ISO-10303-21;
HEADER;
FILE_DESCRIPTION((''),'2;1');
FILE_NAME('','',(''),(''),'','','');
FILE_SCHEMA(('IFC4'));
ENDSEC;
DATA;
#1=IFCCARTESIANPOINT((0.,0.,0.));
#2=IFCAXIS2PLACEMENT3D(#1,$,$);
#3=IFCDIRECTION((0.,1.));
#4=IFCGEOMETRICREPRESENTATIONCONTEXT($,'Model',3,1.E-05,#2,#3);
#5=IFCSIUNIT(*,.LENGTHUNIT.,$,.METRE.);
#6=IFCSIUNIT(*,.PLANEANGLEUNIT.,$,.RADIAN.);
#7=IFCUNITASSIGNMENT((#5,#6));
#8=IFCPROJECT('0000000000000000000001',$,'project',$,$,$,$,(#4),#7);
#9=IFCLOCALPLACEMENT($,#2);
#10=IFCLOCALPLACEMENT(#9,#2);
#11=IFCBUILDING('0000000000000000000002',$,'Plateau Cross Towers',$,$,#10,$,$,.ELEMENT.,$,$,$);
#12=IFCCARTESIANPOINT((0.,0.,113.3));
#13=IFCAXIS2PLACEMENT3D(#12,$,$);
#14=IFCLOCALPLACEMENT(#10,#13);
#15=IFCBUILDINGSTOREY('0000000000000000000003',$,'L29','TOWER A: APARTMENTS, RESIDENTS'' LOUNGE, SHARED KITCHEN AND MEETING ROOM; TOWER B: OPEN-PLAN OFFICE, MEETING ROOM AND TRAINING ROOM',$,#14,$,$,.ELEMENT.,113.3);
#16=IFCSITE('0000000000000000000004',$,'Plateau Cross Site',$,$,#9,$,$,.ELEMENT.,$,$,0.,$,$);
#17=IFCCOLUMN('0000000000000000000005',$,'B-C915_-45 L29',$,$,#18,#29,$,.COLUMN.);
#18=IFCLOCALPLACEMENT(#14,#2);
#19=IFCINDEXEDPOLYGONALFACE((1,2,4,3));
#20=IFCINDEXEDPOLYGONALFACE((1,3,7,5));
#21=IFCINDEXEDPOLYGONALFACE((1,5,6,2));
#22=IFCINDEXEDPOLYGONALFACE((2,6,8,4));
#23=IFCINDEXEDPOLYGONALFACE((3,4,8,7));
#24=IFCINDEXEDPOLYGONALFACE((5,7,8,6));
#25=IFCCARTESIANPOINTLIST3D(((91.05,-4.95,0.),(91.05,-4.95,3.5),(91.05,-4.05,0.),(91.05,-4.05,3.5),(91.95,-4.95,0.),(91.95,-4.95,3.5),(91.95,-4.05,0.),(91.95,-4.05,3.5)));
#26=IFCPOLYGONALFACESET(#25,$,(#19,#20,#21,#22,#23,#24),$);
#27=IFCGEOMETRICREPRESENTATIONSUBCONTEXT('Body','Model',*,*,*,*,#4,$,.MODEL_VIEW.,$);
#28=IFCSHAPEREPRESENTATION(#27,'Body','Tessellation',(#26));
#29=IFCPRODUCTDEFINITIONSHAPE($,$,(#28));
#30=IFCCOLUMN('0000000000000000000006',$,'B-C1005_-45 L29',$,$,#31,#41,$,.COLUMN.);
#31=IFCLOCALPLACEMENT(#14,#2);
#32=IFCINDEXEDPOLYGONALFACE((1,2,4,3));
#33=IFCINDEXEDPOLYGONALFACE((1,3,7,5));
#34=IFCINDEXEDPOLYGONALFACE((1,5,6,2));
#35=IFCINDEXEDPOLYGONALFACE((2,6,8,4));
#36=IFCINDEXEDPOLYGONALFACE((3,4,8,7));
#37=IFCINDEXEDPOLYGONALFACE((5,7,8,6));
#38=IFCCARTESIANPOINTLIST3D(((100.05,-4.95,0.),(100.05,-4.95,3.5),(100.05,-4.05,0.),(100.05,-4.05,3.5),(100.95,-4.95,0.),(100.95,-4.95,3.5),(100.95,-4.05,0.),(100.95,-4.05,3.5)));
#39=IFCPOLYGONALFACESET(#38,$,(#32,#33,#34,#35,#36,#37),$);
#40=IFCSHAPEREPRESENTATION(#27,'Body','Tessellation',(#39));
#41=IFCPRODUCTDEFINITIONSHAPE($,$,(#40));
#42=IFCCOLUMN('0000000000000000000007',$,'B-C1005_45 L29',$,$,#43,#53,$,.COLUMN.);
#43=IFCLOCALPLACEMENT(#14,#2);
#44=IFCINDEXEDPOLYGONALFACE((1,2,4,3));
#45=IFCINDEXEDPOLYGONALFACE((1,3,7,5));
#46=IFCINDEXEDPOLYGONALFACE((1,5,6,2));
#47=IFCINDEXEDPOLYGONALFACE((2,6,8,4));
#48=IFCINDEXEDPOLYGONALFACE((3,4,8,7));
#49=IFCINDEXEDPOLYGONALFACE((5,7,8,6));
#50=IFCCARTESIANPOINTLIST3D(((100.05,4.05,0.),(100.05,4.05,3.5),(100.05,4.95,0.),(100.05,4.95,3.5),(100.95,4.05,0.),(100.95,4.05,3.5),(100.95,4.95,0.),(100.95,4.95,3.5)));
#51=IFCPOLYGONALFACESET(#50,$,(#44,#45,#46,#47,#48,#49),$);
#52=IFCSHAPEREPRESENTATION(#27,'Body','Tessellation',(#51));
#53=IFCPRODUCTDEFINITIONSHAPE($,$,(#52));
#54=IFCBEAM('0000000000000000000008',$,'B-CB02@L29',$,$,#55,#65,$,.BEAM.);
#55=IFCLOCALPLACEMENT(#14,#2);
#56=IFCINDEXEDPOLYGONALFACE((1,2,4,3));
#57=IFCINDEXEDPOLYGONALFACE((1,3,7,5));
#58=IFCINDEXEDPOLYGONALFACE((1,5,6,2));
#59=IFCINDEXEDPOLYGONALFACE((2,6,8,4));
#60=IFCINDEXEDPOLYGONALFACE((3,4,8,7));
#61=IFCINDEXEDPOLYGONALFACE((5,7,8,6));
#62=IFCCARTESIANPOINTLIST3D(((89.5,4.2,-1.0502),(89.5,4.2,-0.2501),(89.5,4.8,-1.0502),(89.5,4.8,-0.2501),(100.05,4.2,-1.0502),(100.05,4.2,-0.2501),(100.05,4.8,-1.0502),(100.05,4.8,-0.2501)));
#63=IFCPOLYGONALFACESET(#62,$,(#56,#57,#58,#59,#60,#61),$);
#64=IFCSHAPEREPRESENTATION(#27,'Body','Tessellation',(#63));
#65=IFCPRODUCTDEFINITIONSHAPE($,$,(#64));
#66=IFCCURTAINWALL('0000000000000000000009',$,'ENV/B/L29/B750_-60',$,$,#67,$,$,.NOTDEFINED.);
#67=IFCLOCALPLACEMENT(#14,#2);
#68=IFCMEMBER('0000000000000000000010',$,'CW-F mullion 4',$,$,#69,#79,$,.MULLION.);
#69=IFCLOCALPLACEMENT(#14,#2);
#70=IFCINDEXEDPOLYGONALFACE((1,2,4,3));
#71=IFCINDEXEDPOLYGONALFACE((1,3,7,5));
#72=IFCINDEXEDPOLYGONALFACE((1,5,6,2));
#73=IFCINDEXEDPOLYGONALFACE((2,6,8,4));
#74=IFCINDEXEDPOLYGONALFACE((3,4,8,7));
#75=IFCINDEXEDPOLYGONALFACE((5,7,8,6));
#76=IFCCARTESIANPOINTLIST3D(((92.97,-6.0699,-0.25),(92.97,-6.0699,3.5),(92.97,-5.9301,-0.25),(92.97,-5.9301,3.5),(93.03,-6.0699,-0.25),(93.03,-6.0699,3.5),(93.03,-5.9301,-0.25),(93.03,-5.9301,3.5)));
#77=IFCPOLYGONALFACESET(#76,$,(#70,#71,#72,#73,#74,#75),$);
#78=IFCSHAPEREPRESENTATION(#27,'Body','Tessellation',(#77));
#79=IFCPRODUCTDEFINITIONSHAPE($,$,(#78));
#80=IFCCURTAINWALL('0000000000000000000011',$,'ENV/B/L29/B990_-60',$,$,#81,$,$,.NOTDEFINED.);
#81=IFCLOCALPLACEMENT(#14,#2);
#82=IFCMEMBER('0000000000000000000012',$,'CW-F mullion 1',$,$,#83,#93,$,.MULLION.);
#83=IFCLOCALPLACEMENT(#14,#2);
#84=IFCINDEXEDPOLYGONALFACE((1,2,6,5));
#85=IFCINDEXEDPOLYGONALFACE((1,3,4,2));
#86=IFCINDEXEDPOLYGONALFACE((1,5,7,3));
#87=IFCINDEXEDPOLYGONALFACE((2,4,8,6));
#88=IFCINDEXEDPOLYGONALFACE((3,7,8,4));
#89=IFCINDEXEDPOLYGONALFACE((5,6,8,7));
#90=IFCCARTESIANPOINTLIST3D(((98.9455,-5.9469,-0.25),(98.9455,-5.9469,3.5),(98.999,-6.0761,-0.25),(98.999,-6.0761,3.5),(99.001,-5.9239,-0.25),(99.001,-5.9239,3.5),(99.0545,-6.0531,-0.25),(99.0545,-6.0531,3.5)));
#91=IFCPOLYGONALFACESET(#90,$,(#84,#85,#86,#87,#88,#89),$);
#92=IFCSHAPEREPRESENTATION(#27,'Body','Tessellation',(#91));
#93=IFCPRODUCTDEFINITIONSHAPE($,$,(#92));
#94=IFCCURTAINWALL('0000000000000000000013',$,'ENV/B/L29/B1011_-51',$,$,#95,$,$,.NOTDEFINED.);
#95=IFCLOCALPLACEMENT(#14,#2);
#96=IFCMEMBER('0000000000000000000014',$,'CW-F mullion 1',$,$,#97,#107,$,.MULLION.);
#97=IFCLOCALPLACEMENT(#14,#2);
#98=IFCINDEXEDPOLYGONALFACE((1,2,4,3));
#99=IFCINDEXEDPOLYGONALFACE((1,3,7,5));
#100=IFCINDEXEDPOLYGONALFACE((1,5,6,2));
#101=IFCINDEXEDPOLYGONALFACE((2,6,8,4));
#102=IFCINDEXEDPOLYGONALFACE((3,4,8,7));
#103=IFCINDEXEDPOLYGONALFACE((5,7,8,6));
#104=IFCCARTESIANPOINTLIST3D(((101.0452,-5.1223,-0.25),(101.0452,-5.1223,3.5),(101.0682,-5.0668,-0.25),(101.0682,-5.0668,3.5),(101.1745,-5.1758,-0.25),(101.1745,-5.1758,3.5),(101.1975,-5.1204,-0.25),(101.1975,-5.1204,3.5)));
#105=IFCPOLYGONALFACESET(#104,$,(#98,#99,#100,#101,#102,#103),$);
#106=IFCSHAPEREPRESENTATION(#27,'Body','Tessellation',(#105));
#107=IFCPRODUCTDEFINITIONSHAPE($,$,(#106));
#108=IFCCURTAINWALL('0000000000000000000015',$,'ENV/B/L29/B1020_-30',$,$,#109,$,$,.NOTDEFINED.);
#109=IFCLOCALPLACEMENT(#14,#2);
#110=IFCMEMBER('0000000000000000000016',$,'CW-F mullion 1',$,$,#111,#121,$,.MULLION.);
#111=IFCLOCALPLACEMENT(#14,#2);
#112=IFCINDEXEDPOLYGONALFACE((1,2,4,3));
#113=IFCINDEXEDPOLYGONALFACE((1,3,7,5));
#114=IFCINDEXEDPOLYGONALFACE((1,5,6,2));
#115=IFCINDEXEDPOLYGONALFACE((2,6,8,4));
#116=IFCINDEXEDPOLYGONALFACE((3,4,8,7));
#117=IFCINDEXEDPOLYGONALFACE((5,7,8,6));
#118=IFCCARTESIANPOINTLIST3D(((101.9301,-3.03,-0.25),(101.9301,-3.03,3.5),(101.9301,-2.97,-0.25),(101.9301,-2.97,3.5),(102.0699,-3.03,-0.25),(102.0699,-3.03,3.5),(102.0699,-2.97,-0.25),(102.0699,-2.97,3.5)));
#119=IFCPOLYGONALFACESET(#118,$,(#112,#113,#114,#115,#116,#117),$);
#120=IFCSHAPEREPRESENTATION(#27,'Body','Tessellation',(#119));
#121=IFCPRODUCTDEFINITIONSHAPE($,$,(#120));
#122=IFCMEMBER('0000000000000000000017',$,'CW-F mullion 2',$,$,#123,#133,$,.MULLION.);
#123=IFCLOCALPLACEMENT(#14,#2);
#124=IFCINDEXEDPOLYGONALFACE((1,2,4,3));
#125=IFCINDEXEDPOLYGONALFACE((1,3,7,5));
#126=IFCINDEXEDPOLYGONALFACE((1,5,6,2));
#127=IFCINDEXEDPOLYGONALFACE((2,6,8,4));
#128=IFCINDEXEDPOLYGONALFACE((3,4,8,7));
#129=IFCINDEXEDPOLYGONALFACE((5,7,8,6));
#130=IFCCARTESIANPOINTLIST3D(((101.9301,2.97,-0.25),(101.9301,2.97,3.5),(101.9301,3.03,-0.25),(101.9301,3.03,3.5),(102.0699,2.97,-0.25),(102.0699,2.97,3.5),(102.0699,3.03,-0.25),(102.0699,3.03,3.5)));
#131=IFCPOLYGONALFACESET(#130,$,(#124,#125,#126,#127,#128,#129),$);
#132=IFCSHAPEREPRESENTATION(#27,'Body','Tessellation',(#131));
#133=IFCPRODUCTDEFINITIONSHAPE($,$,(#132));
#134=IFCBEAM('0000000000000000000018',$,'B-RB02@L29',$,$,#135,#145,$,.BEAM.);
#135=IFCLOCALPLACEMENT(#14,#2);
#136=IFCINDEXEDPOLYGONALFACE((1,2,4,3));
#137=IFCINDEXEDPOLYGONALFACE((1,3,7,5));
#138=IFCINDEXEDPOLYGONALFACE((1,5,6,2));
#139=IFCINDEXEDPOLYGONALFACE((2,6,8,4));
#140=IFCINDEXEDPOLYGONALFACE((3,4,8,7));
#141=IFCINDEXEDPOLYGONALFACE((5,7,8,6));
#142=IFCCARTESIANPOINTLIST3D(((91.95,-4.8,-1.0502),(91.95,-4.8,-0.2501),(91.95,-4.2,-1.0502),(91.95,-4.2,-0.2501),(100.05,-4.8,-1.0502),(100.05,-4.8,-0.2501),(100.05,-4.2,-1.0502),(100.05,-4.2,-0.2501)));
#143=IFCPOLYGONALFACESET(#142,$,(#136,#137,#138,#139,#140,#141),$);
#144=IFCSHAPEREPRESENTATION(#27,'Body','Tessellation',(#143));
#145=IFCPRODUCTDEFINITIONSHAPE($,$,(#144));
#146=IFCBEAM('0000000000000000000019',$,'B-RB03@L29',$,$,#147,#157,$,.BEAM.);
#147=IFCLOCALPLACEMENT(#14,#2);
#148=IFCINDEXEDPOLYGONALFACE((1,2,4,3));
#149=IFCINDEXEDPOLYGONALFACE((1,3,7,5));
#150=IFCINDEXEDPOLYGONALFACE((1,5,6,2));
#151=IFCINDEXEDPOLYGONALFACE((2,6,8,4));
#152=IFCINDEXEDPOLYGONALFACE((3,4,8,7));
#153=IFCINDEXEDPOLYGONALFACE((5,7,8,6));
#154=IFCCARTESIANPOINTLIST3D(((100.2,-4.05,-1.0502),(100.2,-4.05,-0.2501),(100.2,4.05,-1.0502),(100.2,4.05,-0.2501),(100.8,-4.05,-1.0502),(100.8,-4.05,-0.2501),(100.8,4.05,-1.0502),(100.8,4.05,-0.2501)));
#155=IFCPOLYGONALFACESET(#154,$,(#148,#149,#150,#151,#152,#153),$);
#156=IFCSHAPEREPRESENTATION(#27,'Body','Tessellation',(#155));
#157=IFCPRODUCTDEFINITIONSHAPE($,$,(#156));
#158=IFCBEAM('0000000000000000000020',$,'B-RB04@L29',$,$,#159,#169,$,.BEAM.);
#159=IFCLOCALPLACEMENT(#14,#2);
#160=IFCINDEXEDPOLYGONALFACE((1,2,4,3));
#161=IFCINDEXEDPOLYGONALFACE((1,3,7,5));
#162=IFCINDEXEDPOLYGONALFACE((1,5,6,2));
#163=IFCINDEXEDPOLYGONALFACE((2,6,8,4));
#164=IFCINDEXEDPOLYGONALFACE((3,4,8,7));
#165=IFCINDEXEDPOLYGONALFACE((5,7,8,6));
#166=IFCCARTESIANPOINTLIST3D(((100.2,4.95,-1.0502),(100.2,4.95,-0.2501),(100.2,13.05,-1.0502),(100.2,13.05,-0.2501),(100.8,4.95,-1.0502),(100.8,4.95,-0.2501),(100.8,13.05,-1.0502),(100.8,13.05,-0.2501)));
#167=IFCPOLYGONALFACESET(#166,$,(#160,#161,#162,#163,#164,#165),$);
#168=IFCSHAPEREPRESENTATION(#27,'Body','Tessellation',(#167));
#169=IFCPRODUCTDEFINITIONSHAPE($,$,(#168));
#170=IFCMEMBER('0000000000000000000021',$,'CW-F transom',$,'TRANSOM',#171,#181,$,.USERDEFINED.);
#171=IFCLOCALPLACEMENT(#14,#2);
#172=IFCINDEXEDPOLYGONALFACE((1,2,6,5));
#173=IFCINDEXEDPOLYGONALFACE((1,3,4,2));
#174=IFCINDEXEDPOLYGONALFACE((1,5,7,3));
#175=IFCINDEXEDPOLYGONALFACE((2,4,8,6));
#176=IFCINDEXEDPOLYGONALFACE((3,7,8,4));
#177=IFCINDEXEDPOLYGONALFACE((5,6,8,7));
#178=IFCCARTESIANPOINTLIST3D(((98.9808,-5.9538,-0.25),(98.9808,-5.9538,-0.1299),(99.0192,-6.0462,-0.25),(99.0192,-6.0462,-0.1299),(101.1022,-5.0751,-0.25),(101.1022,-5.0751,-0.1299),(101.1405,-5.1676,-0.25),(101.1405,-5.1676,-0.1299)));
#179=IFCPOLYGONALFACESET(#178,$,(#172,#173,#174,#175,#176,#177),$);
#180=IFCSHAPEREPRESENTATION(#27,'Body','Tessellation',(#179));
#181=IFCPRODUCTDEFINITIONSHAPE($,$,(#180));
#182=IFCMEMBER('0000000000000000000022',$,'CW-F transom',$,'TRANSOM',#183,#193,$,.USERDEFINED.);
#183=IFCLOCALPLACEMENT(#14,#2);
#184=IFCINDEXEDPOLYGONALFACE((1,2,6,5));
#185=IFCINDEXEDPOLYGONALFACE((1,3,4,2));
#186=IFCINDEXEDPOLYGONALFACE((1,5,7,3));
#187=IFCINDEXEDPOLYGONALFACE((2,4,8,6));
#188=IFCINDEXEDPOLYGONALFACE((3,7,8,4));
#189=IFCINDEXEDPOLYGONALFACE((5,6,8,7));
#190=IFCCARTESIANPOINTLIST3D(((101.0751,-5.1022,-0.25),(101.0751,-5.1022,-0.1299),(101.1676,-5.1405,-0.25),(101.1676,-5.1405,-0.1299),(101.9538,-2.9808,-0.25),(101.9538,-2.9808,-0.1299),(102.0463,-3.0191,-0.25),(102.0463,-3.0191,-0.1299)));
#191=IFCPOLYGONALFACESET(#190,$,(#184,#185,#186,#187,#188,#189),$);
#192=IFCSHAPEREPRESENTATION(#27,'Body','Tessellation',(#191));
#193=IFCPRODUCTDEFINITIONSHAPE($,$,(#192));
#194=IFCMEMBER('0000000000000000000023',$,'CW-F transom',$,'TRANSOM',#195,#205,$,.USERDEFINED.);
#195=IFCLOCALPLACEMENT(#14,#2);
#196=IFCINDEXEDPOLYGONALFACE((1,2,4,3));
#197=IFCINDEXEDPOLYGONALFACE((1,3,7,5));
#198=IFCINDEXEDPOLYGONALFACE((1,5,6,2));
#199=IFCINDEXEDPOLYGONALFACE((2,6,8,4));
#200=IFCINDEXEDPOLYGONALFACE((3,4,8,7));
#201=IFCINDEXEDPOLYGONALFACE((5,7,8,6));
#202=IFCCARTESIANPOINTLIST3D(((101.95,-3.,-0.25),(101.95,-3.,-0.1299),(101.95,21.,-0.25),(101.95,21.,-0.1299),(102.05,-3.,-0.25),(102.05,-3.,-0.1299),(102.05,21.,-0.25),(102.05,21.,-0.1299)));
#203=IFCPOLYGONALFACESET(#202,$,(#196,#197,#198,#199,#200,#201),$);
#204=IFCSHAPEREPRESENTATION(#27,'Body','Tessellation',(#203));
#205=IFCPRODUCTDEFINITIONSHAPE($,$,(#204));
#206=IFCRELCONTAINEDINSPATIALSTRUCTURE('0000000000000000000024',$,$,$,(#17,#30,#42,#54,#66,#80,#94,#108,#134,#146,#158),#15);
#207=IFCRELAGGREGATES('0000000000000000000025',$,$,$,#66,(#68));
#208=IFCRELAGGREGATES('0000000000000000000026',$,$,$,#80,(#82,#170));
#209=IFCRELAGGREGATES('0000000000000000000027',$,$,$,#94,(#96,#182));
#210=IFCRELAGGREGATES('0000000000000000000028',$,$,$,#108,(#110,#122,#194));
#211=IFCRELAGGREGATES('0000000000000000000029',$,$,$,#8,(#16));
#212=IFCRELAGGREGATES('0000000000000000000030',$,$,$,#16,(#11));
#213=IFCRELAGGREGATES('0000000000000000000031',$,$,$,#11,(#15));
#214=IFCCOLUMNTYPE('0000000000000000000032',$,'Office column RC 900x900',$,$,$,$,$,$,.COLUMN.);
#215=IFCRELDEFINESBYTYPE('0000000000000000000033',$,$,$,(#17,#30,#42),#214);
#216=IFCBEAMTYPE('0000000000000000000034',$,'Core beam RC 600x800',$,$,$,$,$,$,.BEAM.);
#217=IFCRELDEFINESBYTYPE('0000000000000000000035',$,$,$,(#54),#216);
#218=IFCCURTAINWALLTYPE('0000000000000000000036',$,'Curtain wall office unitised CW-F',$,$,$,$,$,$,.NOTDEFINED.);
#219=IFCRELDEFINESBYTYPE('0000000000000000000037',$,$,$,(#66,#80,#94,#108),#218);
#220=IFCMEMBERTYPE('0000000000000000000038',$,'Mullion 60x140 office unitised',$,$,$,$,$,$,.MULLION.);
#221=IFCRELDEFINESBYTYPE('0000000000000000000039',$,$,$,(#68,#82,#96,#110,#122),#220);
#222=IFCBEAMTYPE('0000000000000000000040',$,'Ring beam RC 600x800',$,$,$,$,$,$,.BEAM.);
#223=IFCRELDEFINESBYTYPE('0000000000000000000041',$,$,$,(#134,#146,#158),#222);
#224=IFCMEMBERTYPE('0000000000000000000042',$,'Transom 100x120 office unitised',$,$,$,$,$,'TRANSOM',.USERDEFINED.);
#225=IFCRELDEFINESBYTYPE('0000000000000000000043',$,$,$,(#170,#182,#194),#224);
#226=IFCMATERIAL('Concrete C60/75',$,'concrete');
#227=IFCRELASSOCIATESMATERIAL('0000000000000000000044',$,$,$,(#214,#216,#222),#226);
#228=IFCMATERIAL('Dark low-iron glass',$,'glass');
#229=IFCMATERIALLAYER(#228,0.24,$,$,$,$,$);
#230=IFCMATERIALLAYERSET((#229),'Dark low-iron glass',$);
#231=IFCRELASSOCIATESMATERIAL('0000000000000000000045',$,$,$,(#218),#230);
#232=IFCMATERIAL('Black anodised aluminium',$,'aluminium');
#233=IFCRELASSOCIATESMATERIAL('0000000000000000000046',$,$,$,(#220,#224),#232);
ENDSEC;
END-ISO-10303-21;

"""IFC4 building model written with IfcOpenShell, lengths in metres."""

from ifc_helpers import new_model, si_unit, direction, frame, origin, origin_2d, place, context, subcontext, project, spatial, rectangle, extrude, material, layer, layer_set, material_profile, profile_set, type_object, element, aggregate, save


model = new_model("IFC4")

# Units and contexts
model_context = context("Model", 3, precision=1e-05, world=origin(), true_north=direction((0.0, 1.0)))
body_context = subcontext(model_context, "Body", "Model", "MODEL_VIEW")
ifc_project = project(units=[si_unit("LENGTHUNIT", "METRE"), si_unit("PLANEANGLEUNIT", "RADIAN")], contexts=[model_context])

# Site, building, storey
site_placement = place(None, origin())
site = spatial("IfcSite", under=ifc_project, at=site_placement, Name="Plateau Cross Site", CompositionType="ELEMENT", RefElevation=0.0)
building_placement = place(site_placement, origin())
building = spatial("IfcBuilding", under=site, at=building_placement, Name="Plateau Cross Towers", CompositionType="ELEMENT")
storey_placement = place(building_placement, frame((0.0, 0.0, 113.3)))
storey = spatial("IfcBuildingStorey", under=building, at=storey_placement, Name="L29", Description="TOWER A: APARTMENTS, RESIDENTS' LOUNGE, SHARED KITCHEN AND MEETING ROOM; TOWER B: OPEN-PLAN OFFICE, MEETING ROOM AND TRAINING ROOM", CompositionType="ELEMENT", Elevation=113.3)

# Columns
ifc_material_1 = material(Name="Concrete C60/75", Category="concrete")
ifc_material_profile_1 = material_profile(ifc_material_1, rectangle(XDim=0.8999, YDim=0.8999, at=origin_2d()), Name="RC 900x900")
ifc_profile_set_1 = profile_set([ifc_material_profile_1], Name="Concrete C60/75")
column_type = type_object("IfcColumnType", Name="Office column RC 900x900", PredefinedType="COLUMN", material=ifc_profile_set_1)
for number, where, z_axis, x_axis, name in (
    (1, (91.5, -4.5, 0.0), (0.0, 0.0, 1.0), (1.0, 0.0, 0.0), "B-C915_-45 L29"),
    (2, (100.5, -4.5, 0.0), (0.0, 0.0, 1.0), (1.0, 0.0, 0.0), "B-C1005_-45 L29"),
    (3, (100.5, 4.5, 0.0), (0.0, 0.0, 1.0), (1.0, 0.0, 0.0), "B-C1005_45 L29"),
):
    element("IfcColumn", number, at=place(storey_placement, frame(where, z_axis=z_axis, x_axis=x_axis)), inside=storey, type_object=column_type, Name=name, PredefinedType="COLUMN", context=body_context, shape_type="SweptSolid", body=[
        extrude(rectangle(XDim=0.8999, YDim=0.8999, at=origin_2d()), origin(), (0.0, 0.0, 1.0), 3.5),
    ])

# Beam
ifc_material_profile_2 = material_profile(ifc_material_1, rectangle(XDim=0.6001, YDim=0.8, at=origin_2d()), Name="RC 600x800")
ifc_profile_set_2 = profile_set([ifc_material_profile_2], Name="Concrete C60/75")
beam_type_1 = type_object("IfcBeamType", Name="Core beam RC 600x800", PredefinedType="BEAM", material=ifc_profile_set_2)
beam_placement = place(storey_placement, frame((89.5, 4.5, -0.6501), z_axis=(1.0, 0.0, 0.0), x_axis=(0.0, 1.0, 0.0)))
element("IfcBeam", 4, at=beam_placement, inside=storey, type_object=beam_type_1, Name="B-CB02@L29", PredefinedType="BEAM", context=body_context, shape_type="SweptSolid", body=[
    extrude(rectangle(XDim=0.6001, YDim=0.8, at=origin_2d()), origin(), (0.0, 0.0, 1.0), 10.55),
])

# Curtain walls, members
ifc_material_2 = material(Name="Dark low-iron glass", Category="glass")
ifc_layer_1 = layer(ifc_material_2, 0.24)
ifc_layer_set_1 = layer_set([ifc_layer_1], Name="Dark low-iron glass")
curtain_wall_type = type_object("IfcCurtainWallType", Name="Curtain wall office unitised CW-F", PredefinedType="NOTDEFINED", material=ifc_layer_set_1)
curtain_wall_1_placement = place(storey_placement, origin())
curtain_wall_1 = element("IfcCurtainWall", 5, at=curtain_wall_1_placement, inside=storey, type_object=curtain_wall_type, Name="ENV/B/L29/B750_-60", PredefinedType="NOTDEFINED")
ifc_material_3 = material(Name="Black anodised aluminium", Category="aluminium")
ifc_material_profile_3 = material_profile(ifc_material_3, rectangle(XDim=0.0601, YDim=0.1399, at=origin_2d()), Name="MULLION 60x140")
ifc_profile_set_3 = profile_set([ifc_material_profile_3], Name="Black anodised aluminium")
member_type_1 = type_object("IfcMemberType", Name="Mullion 60x140 office unitised", PredefinedType="MULLION", material=ifc_profile_set_3)
member_1_placement = place(storey_placement, frame((93.0, -6.0, -0.25), z_axis=(0.0, 0.0, 1.0), x_axis=(1.0, 0.0, 0.0)))
member_1 = element("IfcMember", 6, at=member_1_placement, type_object=member_type_1, Name="CW-F mullion 4", PredefinedType="MULLION", context=body_context, shape_type="SweptSolid", body=[
    extrude(rectangle(XDim=0.0601, YDim=0.1399, at=origin_2d()), origin(), (0.0, 0.0, 1.0), 3.75),
])
curtain_wall_2_placement = place(storey_placement, origin())
curtain_wall_2 = element("IfcCurtainWall", 7, at=curtain_wall_2_placement, inside=storey, type_object=curtain_wall_type, Name="ENV/B/L29/B990_-60", PredefinedType="NOTDEFINED")
member_2_placement = place(storey_placement, frame((99.0, -6.0, -0.25), z_axis=(0.0, 0.0, 1.0), x_axis=(0.923879, 0.382684, 0.0)))
member_2 = element("IfcMember", 8, at=member_2_placement, type_object=member_type_1, Name="CW-F mullion 1", PredefinedType="MULLION", context=body_context, shape_type="SweptSolid", body=[
    extrude(rectangle(XDim=0.0601, YDim=0.1399, at=origin_2d()), origin(), (0.0, 0.0, 1.0), 3.75),
])
curtain_wall_3_placement = place(storey_placement, origin())
curtain_wall_3 = element("IfcCurtainWall", 9, at=curtain_wall_3_placement, inside=storey, type_object=curtain_wall_type, Name="ENV/B/L29/B1011_-51", PredefinedType="NOTDEFINED")
member_3_placement = place(storey_placement, frame((101.1213, -5.1213, -0.25), z_axis=(0.0, 0.0, 1.0), x_axis=(0.382684, 0.923879, 0.0)))
member_3 = element("IfcMember", 10, at=member_3_placement, type_object=member_type_1, Name="CW-F mullion 1", PredefinedType="MULLION", context=body_context, shape_type="SweptSolid", body=[
    extrude(rectangle(XDim=0.0601, YDim=0.1399, at=origin_2d()), origin(), (0.0, 0.0, 1.0), 3.75),
])

# Curtain wall, members
curtain_wall_4_placement = place(storey_placement, origin())
curtain_wall_4 = element("IfcCurtainWall", 11, at=curtain_wall_4_placement, inside=storey, type_object=curtain_wall_type, Name="ENV/B/L29/B1020_-30", PredefinedType="NOTDEFINED")
member_4_placement = place(storey_placement, frame((102.0, -3.0, -0.25), z_axis=(0.0, 0.0, 1.0), x_axis=(0.0, 1.0, 0.0)))
member_4 = element("IfcMember", 12, at=member_4_placement, type_object=member_type_1, Name="CW-F mullion 1", PredefinedType="MULLION", context=body_context, shape_type="SweptSolid", body=[
    extrude(rectangle(XDim=0.0601, YDim=0.1399, at=origin_2d()), origin(), (0.0, 0.0, 1.0), 3.75),
])
member_5_placement = place(storey_placement, frame((102.0, 3.0, -0.25), z_axis=(0.0, 0.0, 1.0), x_axis=(0.0, 1.0, 0.0)))
member_5 = element("IfcMember", 13, at=member_5_placement, type_object=member_type_1, Name="CW-F mullion 2", PredefinedType="MULLION", context=body_context, shape_type="SweptSolid", body=[
    extrude(rectangle(XDim=0.0601, YDim=0.1399, at=origin_2d()), origin(), (0.0, 0.0, 1.0), 3.75),
])

# Beams
ifc_material_profile_4 = material_profile(ifc_material_1, rectangle(XDim=0.6001, YDim=0.8, at=origin_2d()), Name="RC 600x800")
ifc_profile_set_4 = profile_set([ifc_material_profile_4], Name="Concrete C60/75")
beam_type_2 = type_object("IfcBeamType", Name="Ring beam RC 600x800", PredefinedType="BEAM", material=ifc_profile_set_4)
for number, where, z_axis, x_axis, name in (
    (14, (91.95, -4.5, -0.6501), (1.0, 0.0, 0.0), (0.0, 1.0, 0.0), "B-RB02@L29"),
    (15, (100.5, -4.05, -0.6501), (0.0, 1.0, 0.0), (-1.0, 0.0, 0.0), "B-RB03@L29"),
    (16, (100.5, 4.95, -0.6501), (0.0, 1.0, 0.0), (-1.0, 0.0, 0.0), "B-RB04@L29"),
):
    element("IfcBeam", number, at=place(storey_placement, frame(where, z_axis=z_axis, x_axis=x_axis)), inside=storey, type_object=beam_type_2, Name=name, PredefinedType="BEAM", context=body_context, shape_type="SweptSolid", body=[
        extrude(rectangle(XDim=0.6001, YDim=0.8, at=origin_2d()), origin(), (0.0, 0.0, 1.0), 8.1001),
    ])

# Members
ifc_material_profile_5 = material_profile(ifc_material_3, rectangle(XDim=0.1001, YDim=0.1201, at=origin_2d()), Name="TRANSOM 100x120")
ifc_profile_set_5 = profile_set([ifc_material_profile_5], Name="Black anodised aluminium")
member_type_2 = type_object("IfcMemberType", Name="Transom 100x120 office unitised", ElementType="TRANSOM", PredefinedType="USERDEFINED", material=ifc_profile_set_5)
member_6_placement = place(storey_placement, frame((99.0, -6.0, -0.1899), z_axis=(0.923883, 0.382674, 0.0), x_axis=(-0.382674, 0.923883, 0.0)))
member_6 = element("IfcMember", 17, at=member_6_placement, type_object=member_type_2, Name="CW-F transom", ObjectType="TRANSOM", PredefinedType="USERDEFINED", context=body_context, shape_type="SweptSolid", body=[
    extrude(rectangle(XDim=0.1001, YDim=0.1201, at=origin_2d()), origin(), (0.0, 0.0, 1.0), 2.2961),
])
member_7_placement = place(storey_placement, frame((101.1213, -5.1213, -0.1899), z_axis=(0.382674, 0.923883, 0.0), x_axis=(-0.923883, 0.382674, 0.0)))
member_7 = element("IfcMember", 18, at=member_7_placement, type_object=member_type_2, Name="CW-F transom", ObjectType="TRANSOM", PredefinedType="USERDEFINED", context=body_context, shape_type="SweptSolid", body=[
    extrude(rectangle(XDim=0.1001, YDim=0.1201, at=origin_2d()), origin(), (0.0, 0.0, 1.0), 2.2961),
])
member_8_placement = place(storey_placement, frame((102.0, -3.0, -0.1899), z_axis=(0.0, 1.0, 0.0), x_axis=(-1.0, 0.0, 0.0)))
member_8 = element("IfcMember", 19, at=member_8_placement, type_object=member_type_2, Name="CW-F transom", ObjectType="TRANSOM", PredefinedType="USERDEFINED", context=body_context, shape_type="SweptSolid", body=[
    extrude(rectangle(XDim=0.1001, YDim=0.1201, at=origin_2d()), origin(), (0.0, 0.0, 1.0), 24.0),
])

aggregate(curtain_wall_1, [member_1])
aggregate(curtain_wall_2, [member_2, member_6])
aggregate(curtain_wall_3, [member_3, member_7])
aggregate(curtain_wall_4, [member_4, member_5, member_8])

save(model, "model.ifc")
